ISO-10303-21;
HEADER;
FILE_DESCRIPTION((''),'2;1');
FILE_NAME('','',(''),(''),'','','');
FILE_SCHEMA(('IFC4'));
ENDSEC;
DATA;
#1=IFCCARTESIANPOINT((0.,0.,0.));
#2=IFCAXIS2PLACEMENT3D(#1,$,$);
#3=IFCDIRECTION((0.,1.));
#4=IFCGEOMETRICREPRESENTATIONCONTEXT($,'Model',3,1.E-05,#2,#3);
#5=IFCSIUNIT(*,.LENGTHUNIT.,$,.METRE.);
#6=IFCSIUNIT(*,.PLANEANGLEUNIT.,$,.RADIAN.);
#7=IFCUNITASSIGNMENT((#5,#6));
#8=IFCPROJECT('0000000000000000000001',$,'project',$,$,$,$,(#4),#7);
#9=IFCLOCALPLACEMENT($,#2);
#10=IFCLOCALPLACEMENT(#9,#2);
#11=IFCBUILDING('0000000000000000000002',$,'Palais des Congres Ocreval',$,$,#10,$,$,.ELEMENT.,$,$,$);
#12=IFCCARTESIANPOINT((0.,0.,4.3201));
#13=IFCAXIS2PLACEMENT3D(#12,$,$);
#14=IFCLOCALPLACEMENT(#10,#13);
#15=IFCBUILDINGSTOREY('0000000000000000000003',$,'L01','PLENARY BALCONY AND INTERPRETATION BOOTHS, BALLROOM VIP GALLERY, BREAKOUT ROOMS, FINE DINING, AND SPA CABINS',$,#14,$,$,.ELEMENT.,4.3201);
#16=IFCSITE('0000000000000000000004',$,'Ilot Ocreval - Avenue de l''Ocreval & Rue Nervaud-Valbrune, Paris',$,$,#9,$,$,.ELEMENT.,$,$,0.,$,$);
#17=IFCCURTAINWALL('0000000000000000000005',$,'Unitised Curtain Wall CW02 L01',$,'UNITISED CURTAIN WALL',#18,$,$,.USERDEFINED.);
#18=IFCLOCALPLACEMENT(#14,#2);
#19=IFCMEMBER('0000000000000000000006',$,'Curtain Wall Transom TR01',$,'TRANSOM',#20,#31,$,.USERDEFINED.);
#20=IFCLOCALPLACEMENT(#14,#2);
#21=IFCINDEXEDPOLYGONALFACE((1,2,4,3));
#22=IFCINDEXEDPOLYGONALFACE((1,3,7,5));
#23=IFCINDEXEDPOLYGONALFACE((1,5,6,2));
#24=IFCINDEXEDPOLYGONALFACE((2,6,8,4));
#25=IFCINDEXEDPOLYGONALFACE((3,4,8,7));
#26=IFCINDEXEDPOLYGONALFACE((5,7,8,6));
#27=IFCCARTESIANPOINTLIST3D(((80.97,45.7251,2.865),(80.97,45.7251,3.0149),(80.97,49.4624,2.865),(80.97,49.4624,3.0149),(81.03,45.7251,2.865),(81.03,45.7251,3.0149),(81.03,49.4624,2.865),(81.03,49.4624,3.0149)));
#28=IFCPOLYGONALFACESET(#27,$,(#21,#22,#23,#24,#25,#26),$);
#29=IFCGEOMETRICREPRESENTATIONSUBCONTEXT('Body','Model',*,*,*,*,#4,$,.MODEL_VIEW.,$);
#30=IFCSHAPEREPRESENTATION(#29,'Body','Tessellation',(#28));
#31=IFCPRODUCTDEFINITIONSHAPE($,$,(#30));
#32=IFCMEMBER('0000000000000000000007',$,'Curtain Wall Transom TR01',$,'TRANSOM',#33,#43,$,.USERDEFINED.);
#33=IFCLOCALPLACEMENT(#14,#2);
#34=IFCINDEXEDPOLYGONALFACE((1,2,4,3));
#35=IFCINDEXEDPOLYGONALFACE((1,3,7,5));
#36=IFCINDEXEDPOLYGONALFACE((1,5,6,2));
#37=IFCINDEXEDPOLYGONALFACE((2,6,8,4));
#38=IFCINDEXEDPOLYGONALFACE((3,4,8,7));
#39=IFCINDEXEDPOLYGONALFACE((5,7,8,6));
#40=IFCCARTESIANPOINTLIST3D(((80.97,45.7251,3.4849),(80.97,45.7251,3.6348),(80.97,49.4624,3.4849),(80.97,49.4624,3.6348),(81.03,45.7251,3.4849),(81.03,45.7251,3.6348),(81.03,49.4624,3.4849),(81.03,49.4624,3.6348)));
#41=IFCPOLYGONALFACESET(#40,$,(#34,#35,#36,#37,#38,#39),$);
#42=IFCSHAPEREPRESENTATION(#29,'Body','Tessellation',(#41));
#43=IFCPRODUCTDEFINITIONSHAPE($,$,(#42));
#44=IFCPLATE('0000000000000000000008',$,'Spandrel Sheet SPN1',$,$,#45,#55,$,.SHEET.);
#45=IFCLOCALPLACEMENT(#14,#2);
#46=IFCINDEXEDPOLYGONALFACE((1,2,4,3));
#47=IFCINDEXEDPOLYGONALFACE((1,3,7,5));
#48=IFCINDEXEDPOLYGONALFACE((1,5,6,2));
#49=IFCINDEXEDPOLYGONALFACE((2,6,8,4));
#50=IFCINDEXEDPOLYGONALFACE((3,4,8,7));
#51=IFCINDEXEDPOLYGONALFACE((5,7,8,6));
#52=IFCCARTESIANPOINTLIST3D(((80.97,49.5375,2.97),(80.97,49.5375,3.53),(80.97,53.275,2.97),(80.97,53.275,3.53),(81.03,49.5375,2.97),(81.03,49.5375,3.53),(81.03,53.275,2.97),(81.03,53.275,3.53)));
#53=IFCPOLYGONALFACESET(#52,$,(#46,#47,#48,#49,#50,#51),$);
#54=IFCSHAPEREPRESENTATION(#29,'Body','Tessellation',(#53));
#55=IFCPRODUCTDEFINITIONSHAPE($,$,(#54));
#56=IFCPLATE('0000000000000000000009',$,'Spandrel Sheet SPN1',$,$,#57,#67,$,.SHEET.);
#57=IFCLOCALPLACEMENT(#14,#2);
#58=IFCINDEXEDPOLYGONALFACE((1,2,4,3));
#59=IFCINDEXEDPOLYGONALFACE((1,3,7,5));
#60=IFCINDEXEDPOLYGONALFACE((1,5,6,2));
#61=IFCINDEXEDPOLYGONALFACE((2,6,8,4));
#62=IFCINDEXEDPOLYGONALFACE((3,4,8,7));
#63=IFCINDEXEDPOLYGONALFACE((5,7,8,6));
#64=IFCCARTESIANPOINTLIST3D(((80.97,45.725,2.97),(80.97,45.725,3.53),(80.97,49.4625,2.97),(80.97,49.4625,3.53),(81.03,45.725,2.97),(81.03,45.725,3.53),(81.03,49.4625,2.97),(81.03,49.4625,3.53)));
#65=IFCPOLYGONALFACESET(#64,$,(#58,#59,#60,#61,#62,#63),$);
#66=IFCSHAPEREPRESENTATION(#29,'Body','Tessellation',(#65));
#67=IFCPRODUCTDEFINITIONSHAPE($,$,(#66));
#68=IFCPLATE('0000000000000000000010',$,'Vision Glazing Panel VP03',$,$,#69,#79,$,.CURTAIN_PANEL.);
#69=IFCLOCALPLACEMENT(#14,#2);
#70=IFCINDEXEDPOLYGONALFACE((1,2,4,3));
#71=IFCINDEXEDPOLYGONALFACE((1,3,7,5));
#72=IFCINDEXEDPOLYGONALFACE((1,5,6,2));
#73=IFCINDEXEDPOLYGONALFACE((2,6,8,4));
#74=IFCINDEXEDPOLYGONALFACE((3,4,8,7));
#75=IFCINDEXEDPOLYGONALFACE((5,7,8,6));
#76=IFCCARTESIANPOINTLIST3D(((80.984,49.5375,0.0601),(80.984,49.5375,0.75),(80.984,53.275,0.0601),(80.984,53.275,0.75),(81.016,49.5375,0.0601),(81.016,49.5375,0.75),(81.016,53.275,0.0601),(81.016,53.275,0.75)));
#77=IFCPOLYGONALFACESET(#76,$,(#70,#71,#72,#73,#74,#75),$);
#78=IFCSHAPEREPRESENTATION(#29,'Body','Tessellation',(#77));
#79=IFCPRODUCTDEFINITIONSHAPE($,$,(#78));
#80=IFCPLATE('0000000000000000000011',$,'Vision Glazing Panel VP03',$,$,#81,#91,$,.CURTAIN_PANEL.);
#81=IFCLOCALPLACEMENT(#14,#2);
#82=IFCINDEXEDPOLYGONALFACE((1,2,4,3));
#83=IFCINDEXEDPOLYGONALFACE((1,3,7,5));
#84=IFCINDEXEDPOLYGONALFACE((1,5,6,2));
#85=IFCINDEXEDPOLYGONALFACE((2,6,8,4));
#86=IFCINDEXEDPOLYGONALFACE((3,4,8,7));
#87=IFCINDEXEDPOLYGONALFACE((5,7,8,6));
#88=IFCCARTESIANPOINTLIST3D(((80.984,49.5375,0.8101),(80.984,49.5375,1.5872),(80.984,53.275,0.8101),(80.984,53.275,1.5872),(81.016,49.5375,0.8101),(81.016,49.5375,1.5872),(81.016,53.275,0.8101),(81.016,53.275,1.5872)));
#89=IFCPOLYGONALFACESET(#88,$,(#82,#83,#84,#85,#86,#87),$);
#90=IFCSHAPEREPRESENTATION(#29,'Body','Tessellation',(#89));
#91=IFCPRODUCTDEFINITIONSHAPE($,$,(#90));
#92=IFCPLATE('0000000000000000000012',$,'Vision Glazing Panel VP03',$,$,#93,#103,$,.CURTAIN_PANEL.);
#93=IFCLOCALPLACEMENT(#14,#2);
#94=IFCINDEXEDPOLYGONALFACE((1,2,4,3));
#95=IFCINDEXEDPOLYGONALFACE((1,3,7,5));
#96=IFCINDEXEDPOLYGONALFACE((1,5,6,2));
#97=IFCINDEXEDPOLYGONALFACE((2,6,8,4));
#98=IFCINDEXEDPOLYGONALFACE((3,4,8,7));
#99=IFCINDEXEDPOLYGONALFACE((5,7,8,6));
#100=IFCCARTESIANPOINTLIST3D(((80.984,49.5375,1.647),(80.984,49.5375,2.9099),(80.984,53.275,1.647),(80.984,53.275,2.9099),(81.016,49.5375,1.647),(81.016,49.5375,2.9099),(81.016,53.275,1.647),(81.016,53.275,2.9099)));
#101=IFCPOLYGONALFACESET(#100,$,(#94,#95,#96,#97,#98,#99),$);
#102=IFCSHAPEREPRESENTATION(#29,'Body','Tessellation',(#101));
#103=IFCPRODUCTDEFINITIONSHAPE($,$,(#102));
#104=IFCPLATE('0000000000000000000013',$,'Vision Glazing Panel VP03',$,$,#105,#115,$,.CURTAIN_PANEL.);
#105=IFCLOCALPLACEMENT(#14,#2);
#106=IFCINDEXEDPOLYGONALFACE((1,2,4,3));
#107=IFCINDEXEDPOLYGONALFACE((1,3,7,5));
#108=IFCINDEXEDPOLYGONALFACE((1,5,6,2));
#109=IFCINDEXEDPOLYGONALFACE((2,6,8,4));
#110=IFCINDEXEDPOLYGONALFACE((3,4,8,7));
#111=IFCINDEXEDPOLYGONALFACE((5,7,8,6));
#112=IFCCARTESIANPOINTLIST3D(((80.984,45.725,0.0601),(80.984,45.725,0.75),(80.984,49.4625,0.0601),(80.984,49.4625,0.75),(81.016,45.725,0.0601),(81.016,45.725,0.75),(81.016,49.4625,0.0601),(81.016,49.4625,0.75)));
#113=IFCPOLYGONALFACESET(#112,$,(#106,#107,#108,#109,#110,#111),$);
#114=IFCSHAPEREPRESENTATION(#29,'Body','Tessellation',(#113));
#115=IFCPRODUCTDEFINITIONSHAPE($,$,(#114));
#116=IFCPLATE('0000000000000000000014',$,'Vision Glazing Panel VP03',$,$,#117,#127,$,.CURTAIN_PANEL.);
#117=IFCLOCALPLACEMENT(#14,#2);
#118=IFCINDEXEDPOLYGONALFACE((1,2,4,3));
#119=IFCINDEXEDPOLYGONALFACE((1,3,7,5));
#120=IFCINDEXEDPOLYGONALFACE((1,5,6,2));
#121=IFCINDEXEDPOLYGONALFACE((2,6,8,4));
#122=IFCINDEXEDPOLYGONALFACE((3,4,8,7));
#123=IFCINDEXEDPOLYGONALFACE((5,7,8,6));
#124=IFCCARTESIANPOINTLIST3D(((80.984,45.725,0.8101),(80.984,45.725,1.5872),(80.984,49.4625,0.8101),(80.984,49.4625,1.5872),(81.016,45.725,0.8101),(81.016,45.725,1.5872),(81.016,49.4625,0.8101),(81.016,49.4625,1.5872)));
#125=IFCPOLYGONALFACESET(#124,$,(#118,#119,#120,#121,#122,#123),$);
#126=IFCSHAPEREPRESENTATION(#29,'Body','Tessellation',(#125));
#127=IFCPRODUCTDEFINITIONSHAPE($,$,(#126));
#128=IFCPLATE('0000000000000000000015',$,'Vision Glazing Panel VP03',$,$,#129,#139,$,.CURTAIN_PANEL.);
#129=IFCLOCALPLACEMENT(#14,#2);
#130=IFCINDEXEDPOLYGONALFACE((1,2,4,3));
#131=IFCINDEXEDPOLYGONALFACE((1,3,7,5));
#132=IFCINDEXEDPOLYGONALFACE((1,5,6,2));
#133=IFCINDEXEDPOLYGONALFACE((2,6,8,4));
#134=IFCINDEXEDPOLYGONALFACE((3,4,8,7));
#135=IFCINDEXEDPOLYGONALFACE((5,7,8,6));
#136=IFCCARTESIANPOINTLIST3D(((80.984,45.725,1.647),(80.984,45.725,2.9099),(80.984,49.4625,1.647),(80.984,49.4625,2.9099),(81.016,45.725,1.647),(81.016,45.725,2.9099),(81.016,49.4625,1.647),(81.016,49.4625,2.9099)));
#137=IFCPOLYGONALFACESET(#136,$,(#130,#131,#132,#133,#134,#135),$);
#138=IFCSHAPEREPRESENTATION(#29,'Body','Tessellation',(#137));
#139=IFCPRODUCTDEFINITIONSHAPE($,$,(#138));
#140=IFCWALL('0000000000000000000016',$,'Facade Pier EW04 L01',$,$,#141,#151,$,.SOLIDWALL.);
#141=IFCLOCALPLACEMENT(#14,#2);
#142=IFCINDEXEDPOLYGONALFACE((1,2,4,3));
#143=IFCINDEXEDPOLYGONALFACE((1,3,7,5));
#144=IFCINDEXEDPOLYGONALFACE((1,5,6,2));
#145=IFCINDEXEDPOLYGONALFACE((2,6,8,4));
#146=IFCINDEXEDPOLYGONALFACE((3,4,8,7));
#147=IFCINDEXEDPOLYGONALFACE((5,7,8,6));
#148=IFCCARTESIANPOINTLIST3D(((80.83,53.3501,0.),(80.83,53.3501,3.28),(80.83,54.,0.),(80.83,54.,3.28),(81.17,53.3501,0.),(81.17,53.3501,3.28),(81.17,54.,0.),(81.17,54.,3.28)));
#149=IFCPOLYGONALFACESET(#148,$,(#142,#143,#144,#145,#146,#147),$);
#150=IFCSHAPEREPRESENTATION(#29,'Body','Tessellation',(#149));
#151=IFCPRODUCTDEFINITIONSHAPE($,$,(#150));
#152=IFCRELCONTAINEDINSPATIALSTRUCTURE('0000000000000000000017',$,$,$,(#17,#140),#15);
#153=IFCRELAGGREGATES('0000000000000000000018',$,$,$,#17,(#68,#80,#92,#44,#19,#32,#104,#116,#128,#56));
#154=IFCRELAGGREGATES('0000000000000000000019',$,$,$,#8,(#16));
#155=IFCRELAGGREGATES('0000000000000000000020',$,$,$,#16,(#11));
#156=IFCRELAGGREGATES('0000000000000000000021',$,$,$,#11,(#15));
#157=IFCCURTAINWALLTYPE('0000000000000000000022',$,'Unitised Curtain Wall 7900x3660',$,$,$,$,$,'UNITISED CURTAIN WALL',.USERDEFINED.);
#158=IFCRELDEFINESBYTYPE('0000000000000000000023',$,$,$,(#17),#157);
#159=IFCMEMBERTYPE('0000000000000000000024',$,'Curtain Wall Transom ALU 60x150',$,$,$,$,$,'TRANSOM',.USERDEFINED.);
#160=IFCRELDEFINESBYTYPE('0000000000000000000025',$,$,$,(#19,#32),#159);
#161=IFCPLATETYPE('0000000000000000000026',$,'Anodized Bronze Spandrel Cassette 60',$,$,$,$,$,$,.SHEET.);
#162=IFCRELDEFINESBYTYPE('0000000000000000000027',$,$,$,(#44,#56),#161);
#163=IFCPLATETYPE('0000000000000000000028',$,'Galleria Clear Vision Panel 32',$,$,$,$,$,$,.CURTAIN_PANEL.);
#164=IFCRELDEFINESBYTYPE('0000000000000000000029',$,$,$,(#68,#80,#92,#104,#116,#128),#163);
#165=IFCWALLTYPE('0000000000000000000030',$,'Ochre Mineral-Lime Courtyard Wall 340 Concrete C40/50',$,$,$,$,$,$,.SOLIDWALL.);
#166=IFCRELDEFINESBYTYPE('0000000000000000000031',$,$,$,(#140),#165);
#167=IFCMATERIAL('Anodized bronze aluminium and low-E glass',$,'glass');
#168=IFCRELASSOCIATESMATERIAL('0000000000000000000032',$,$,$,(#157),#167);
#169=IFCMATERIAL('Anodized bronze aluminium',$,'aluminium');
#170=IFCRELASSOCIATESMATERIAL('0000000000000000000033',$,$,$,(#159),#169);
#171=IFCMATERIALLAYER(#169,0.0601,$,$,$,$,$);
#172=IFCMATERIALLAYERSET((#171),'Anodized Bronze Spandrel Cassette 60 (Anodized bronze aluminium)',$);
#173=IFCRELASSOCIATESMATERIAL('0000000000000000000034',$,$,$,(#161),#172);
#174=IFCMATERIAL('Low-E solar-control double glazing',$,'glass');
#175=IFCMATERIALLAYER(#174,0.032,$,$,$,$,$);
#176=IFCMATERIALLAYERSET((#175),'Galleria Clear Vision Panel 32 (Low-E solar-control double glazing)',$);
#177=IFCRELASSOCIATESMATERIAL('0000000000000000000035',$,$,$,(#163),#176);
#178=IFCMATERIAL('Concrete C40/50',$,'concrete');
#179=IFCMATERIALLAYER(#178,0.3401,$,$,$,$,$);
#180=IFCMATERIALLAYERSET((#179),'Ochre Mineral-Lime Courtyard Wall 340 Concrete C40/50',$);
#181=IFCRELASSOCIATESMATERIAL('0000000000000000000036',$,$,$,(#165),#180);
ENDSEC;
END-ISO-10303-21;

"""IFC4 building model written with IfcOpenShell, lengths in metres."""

from ifc_helpers import new_model, si_unit, direction, frame, frame_2d, origin, origin_2d, place, context, subcontext, project, spatial, rectangle, extrude, material, layer, layer_set, material_profile, profile_set, type_object, element, aggregate, save


model = new_model("IFC4")

# Units and contexts
model_context = context("Model", 3, precision=1e-05, world=origin(), true_north=direction((0.0, 1.0)))
body_context = subcontext(model_context, "Body", "Model", "MODEL_VIEW")
ifc_project = project(units=[si_unit("LENGTHUNIT", "METRE"), si_unit("PLANEANGLEUNIT", "RADIAN")], contexts=[model_context])

# Site, building, storey
site_placement = place(None, origin())
site = spatial("IfcSite", under=ifc_project, at=site_placement, Name="Ilot Ocreval - Avenue de l'Ocreval & Rue Nervaud-Valbrune, Paris", CompositionType="ELEMENT", RefElevation=0.0)
building_placement = place(site_placement, origin())
building = spatial("IfcBuilding", under=site, at=building_placement, Name="Palais des Congres Ocreval", CompositionType="ELEMENT")
storey_placement = place(building_placement, frame((0.0, 0.0, 4.3201)))
storey = spatial("IfcBuildingStorey", under=building, at=storey_placement, Name="L01", Description="PLENARY BALCONY AND INTERPRETATION BOOTHS, BALLROOM VIP GALLERY, BREAKOUT ROOMS, FINE DINING, AND SPA CABINS", CompositionType="ELEMENT", Elevation=4.3201)

# Curtain wall, members, plates
ifc_material_1 = material(Name="Anodized bronze aluminium and low-E glass", Category="glass")
curtain_wall_type = type_object("IfcCurtainWallType", Name="Unitised Curtain Wall 7900x3660", ElementType="UNITISED CURTAIN WALL", PredefinedType="USERDEFINED", material=ifc_material_1)
curtain_wall_placement = place(storey_placement, origin())
curtain_wall = element("IfcCurtainWall", 1, at=curtain_wall_placement, inside=storey, type_object=curtain_wall_type, Name="Unitised Curtain Wall CW02 L01", ObjectType="UNITISED CURTAIN WALL", PredefinedType="USERDEFINED")
ifc_material_2 = material(Name="Anodized bronze aluminium", Category="aluminium")
ifc_material_profile_1 = material_profile(ifc_material_2, rectangle(XDim=0.0601, YDim=0.1499, at=origin_2d()), Name="ALU 60x150")
ifc_profile_set_1 = profile_set([ifc_material_profile_1], Name="Anodized bronze aluminium")
member_type_1 = type_object("IfcMemberType", Name="Curtain Wall Transom ALU 60x150", ElementType="TRANSOM", PredefinedType="USERDEFINED", material=ifc_profile_set_1)
member_1_placement = place(storey_placement, frame((81.0, 49.4624, 2.9399), z_axis=(0.0, -1.0, 0.0), x_axis=(1.0, 0.0, 0.0)))
member_1 = element("IfcMember", 2, at=member_1_placement, type_object=member_type_1, Name="Curtain Wall Transom TR01", ObjectType="TRANSOM", PredefinedType="USERDEFINED", context=body_context, shape_type="SweptSolid", body=[
    extrude(rectangle(XDim=0.0601, YDim=0.1499, at=origin_2d()), origin(), (0.0, 0.0, 1.0), 3.7373),
])
member_2_placement = place(storey_placement, frame((81.0, 49.4624, 3.5598), z_axis=(0.0, -1.0, 0.0), x_axis=(1.0, 0.0, 0.0)))
member_2 = element("IfcMember", 3, at=member_2_placement, type_object=member_type_1, Name="Curtain Wall Transom TR01", ObjectType="TRANSOM", PredefinedType="USERDEFINED", context=body_context, shape_type="SweptSolid", body=[
    extrude(rectangle(XDim=0.0601, YDim=0.1499, at=origin_2d()), origin(), (0.0, 0.0, 1.0), 3.7373),
])
ifc_layer_1 = layer(ifc_material_2, 0.0601)
ifc_layer_set_1 = layer_set([ifc_layer_1], Name="Anodized Bronze Spandrel Cassette 60 (Anodized bronze aluminium)")
plate_type_1 = type_object("IfcPlateType", Name="Anodized Bronze Spandrel Cassette 60", PredefinedType="SHEET", material=ifc_layer_set_1)
plate_1_placement = place(storey_placement, frame((81.0, 51.4062, 2.97), z_axis=(0.0, 0.0, 1.0), x_axis=(0.0, -1.0, 0.0)))
plate_1 = element("IfcPlate", 4, at=plate_1_placement, type_object=plate_type_1, Name="Spandrel Sheet SPN1", PredefinedType="SHEET", context=body_context, shape_type="SweptSolid", body=[
    extrude(rectangle(XDim=3.7375, YDim=0.0601, at=origin_2d()), origin(), (0.0, 0.0, 1.0), 0.5601),
])
plate_2_placement = place(storey_placement, frame((81.0, 47.5938, 2.97), z_axis=(0.0, 0.0, 1.0), x_axis=(0.0, -1.0, 0.0)))
plate_2 = element("IfcPlate", 5, at=plate_2_placement, type_object=plate_type_1, Name="Spandrel Sheet SPN1", PredefinedType="SHEET", context=body_context, shape_type="SweptSolid", body=[
    extrude(rectangle(XDim=3.7375, YDim=0.0601, at=origin_2d()), origin(), (0.0, 0.0, 1.0), 0.5601),
])
ifc_material_3 = material(Name="Low-E solar-control double glazing", Category="glass")
ifc_layer_2 = layer(ifc_material_3, 0.032)
ifc_layer_set_2 = layer_set([ifc_layer_2], Name="Galleria Clear Vision Panel 32 (Low-E solar-control double glazing)")
plate_type_2 = type_object("IfcPlateType", Name="Galleria Clear Vision Panel 32", PredefinedType="CURTAIN_PANEL", material=ifc_layer_set_2)
plate_3_placement = place(storey_placement, frame((81.0, 51.4062, 0.0601), z_axis=(0.0, 0.0, 1.0), x_axis=(0.0, -1.0, 0.0)))
plate_3 = element("IfcPlate", 6, at=plate_3_placement, type_object=plate_type_2, Name="Vision Glazing Panel VP03", PredefinedType="CURTAIN_PANEL", context=body_context, shape_type="SweptSolid", body=[
    extrude(rectangle(XDim=3.7375, YDim=0.032, at=origin_2d()), origin(), (0.0, 0.0, 1.0), 0.6899),
])
plate_4_placement = place(storey_placement, frame((81.0, 51.4062, 0.8101), z_axis=(0.0, 0.0, 1.0), x_axis=(0.0, -1.0, 0.0)))
plate_4 = element("IfcPlate", 7, at=plate_4_placement, type_object=plate_type_2, Name="Vision Glazing Panel VP03", PredefinedType="CURTAIN_PANEL", context=body_context, shape_type="SweptSolid", body=[
    extrude(rectangle(XDim=3.7375, YDim=0.032, at=origin_2d()), origin(), (0.0, 0.0, 1.0), 0.7771),
])
plate_5_placement = place(storey_placement, frame((81.0, 51.4062, 1.647), z_axis=(0.0, 0.0, 1.0), x_axis=(0.0, -1.0, 0.0)))
plate_5 = element("IfcPlate", 8, at=plate_5_placement, type_object=plate_type_2, Name="Vision Glazing Panel VP03", PredefinedType="CURTAIN_PANEL", context=body_context, shape_type="SweptSolid", body=[
    extrude(rectangle(XDim=3.7375, YDim=0.032, at=origin_2d()), origin(), (0.0, 0.0, 1.0), 1.2629),
])
plate_6_placement = place(storey_placement, frame((81.0, 47.5938, 0.0601), z_axis=(0.0, 0.0, 1.0), x_axis=(0.0, -1.0, 0.0)))
plate_6 = element("IfcPlate", 9, at=plate_6_placement, type_object=plate_type_2, Name="Vision Glazing Panel VP03", PredefinedType="CURTAIN_PANEL", context=body_context, shape_type="SweptSolid", body=[
    extrude(rectangle(XDim=3.7375, YDim=0.032, at=origin_2d()), origin(), (0.0, 0.0, 1.0), 0.6899),
])
plate_7_placement = place(storey_placement, frame((81.0, 47.5938, 0.8101), z_axis=(0.0, 0.0, 1.0), x_axis=(0.0, -1.0, 0.0)))
plate_7 = element("IfcPlate", 10, at=plate_7_placement, type_object=plate_type_2, Name="Vision Glazing Panel VP03", PredefinedType="CURTAIN_PANEL", context=body_context, shape_type="SweptSolid", body=[
    extrude(rectangle(XDim=3.7375, YDim=0.032, at=origin_2d()), origin(), (0.0, 0.0, 1.0), 0.7771),
])
plate_8_placement = place(storey_placement, frame((81.0, 47.5938, 1.647), z_axis=(0.0, 0.0, 1.0), x_axis=(0.0, -1.0, 0.0)))
plate_8 = element("IfcPlate", 11, at=plate_8_placement, type_object=plate_type_2, Name="Vision Glazing Panel VP03", PredefinedType="CURTAIN_PANEL", context=body_context, shape_type="SweptSolid", body=[
    extrude(rectangle(XDim=3.7375, YDim=0.032, at=origin_2d()), origin(), (0.0, 0.0, 1.0), 1.2629),
])
aggregate(curtain_wall, [plate_3, plate_4, plate_5, plate_1, member_1, member_2, plate_6, plate_7, plate_8, plate_2])

# Wall
ifc_material_4 = material(Name="Concrete C40/50", Category="concrete")
ifc_layer_3 = layer(ifc_material_4, 0.3401)
ifc_layer_set_3 = layer_set([ifc_layer_3], Name="Ochre Mineral-Lime Courtyard Wall 340 Concrete C40/50")
wall_type = type_object("IfcWallType", Name="Ochre Mineral-Lime Courtyard Wall 340 Concrete C40/50", PredefinedType="SOLIDWALL", material=ifc_layer_set_3)
wall_placement = place(storey_placement, frame((81.0, 54.0, 0.0), z_axis=(0.0, 0.0, 1.0), x_axis=(0.0, -1.0, 0.0)))
element("IfcWall", 12, at=wall_placement, inside=storey, type_object=wall_type, Name="Facade Pier EW04 L01", PredefinedType="SOLIDWALL", context=body_context, shape_type="SweptSolid", body=[
    extrude(rectangle(XDim=0.6499, YDim=0.3401, at=frame_2d((0.325, 0.0))), origin(), (0.0, 0.0, 1.0), 3.28),
])

save(model, "model.ifc")
